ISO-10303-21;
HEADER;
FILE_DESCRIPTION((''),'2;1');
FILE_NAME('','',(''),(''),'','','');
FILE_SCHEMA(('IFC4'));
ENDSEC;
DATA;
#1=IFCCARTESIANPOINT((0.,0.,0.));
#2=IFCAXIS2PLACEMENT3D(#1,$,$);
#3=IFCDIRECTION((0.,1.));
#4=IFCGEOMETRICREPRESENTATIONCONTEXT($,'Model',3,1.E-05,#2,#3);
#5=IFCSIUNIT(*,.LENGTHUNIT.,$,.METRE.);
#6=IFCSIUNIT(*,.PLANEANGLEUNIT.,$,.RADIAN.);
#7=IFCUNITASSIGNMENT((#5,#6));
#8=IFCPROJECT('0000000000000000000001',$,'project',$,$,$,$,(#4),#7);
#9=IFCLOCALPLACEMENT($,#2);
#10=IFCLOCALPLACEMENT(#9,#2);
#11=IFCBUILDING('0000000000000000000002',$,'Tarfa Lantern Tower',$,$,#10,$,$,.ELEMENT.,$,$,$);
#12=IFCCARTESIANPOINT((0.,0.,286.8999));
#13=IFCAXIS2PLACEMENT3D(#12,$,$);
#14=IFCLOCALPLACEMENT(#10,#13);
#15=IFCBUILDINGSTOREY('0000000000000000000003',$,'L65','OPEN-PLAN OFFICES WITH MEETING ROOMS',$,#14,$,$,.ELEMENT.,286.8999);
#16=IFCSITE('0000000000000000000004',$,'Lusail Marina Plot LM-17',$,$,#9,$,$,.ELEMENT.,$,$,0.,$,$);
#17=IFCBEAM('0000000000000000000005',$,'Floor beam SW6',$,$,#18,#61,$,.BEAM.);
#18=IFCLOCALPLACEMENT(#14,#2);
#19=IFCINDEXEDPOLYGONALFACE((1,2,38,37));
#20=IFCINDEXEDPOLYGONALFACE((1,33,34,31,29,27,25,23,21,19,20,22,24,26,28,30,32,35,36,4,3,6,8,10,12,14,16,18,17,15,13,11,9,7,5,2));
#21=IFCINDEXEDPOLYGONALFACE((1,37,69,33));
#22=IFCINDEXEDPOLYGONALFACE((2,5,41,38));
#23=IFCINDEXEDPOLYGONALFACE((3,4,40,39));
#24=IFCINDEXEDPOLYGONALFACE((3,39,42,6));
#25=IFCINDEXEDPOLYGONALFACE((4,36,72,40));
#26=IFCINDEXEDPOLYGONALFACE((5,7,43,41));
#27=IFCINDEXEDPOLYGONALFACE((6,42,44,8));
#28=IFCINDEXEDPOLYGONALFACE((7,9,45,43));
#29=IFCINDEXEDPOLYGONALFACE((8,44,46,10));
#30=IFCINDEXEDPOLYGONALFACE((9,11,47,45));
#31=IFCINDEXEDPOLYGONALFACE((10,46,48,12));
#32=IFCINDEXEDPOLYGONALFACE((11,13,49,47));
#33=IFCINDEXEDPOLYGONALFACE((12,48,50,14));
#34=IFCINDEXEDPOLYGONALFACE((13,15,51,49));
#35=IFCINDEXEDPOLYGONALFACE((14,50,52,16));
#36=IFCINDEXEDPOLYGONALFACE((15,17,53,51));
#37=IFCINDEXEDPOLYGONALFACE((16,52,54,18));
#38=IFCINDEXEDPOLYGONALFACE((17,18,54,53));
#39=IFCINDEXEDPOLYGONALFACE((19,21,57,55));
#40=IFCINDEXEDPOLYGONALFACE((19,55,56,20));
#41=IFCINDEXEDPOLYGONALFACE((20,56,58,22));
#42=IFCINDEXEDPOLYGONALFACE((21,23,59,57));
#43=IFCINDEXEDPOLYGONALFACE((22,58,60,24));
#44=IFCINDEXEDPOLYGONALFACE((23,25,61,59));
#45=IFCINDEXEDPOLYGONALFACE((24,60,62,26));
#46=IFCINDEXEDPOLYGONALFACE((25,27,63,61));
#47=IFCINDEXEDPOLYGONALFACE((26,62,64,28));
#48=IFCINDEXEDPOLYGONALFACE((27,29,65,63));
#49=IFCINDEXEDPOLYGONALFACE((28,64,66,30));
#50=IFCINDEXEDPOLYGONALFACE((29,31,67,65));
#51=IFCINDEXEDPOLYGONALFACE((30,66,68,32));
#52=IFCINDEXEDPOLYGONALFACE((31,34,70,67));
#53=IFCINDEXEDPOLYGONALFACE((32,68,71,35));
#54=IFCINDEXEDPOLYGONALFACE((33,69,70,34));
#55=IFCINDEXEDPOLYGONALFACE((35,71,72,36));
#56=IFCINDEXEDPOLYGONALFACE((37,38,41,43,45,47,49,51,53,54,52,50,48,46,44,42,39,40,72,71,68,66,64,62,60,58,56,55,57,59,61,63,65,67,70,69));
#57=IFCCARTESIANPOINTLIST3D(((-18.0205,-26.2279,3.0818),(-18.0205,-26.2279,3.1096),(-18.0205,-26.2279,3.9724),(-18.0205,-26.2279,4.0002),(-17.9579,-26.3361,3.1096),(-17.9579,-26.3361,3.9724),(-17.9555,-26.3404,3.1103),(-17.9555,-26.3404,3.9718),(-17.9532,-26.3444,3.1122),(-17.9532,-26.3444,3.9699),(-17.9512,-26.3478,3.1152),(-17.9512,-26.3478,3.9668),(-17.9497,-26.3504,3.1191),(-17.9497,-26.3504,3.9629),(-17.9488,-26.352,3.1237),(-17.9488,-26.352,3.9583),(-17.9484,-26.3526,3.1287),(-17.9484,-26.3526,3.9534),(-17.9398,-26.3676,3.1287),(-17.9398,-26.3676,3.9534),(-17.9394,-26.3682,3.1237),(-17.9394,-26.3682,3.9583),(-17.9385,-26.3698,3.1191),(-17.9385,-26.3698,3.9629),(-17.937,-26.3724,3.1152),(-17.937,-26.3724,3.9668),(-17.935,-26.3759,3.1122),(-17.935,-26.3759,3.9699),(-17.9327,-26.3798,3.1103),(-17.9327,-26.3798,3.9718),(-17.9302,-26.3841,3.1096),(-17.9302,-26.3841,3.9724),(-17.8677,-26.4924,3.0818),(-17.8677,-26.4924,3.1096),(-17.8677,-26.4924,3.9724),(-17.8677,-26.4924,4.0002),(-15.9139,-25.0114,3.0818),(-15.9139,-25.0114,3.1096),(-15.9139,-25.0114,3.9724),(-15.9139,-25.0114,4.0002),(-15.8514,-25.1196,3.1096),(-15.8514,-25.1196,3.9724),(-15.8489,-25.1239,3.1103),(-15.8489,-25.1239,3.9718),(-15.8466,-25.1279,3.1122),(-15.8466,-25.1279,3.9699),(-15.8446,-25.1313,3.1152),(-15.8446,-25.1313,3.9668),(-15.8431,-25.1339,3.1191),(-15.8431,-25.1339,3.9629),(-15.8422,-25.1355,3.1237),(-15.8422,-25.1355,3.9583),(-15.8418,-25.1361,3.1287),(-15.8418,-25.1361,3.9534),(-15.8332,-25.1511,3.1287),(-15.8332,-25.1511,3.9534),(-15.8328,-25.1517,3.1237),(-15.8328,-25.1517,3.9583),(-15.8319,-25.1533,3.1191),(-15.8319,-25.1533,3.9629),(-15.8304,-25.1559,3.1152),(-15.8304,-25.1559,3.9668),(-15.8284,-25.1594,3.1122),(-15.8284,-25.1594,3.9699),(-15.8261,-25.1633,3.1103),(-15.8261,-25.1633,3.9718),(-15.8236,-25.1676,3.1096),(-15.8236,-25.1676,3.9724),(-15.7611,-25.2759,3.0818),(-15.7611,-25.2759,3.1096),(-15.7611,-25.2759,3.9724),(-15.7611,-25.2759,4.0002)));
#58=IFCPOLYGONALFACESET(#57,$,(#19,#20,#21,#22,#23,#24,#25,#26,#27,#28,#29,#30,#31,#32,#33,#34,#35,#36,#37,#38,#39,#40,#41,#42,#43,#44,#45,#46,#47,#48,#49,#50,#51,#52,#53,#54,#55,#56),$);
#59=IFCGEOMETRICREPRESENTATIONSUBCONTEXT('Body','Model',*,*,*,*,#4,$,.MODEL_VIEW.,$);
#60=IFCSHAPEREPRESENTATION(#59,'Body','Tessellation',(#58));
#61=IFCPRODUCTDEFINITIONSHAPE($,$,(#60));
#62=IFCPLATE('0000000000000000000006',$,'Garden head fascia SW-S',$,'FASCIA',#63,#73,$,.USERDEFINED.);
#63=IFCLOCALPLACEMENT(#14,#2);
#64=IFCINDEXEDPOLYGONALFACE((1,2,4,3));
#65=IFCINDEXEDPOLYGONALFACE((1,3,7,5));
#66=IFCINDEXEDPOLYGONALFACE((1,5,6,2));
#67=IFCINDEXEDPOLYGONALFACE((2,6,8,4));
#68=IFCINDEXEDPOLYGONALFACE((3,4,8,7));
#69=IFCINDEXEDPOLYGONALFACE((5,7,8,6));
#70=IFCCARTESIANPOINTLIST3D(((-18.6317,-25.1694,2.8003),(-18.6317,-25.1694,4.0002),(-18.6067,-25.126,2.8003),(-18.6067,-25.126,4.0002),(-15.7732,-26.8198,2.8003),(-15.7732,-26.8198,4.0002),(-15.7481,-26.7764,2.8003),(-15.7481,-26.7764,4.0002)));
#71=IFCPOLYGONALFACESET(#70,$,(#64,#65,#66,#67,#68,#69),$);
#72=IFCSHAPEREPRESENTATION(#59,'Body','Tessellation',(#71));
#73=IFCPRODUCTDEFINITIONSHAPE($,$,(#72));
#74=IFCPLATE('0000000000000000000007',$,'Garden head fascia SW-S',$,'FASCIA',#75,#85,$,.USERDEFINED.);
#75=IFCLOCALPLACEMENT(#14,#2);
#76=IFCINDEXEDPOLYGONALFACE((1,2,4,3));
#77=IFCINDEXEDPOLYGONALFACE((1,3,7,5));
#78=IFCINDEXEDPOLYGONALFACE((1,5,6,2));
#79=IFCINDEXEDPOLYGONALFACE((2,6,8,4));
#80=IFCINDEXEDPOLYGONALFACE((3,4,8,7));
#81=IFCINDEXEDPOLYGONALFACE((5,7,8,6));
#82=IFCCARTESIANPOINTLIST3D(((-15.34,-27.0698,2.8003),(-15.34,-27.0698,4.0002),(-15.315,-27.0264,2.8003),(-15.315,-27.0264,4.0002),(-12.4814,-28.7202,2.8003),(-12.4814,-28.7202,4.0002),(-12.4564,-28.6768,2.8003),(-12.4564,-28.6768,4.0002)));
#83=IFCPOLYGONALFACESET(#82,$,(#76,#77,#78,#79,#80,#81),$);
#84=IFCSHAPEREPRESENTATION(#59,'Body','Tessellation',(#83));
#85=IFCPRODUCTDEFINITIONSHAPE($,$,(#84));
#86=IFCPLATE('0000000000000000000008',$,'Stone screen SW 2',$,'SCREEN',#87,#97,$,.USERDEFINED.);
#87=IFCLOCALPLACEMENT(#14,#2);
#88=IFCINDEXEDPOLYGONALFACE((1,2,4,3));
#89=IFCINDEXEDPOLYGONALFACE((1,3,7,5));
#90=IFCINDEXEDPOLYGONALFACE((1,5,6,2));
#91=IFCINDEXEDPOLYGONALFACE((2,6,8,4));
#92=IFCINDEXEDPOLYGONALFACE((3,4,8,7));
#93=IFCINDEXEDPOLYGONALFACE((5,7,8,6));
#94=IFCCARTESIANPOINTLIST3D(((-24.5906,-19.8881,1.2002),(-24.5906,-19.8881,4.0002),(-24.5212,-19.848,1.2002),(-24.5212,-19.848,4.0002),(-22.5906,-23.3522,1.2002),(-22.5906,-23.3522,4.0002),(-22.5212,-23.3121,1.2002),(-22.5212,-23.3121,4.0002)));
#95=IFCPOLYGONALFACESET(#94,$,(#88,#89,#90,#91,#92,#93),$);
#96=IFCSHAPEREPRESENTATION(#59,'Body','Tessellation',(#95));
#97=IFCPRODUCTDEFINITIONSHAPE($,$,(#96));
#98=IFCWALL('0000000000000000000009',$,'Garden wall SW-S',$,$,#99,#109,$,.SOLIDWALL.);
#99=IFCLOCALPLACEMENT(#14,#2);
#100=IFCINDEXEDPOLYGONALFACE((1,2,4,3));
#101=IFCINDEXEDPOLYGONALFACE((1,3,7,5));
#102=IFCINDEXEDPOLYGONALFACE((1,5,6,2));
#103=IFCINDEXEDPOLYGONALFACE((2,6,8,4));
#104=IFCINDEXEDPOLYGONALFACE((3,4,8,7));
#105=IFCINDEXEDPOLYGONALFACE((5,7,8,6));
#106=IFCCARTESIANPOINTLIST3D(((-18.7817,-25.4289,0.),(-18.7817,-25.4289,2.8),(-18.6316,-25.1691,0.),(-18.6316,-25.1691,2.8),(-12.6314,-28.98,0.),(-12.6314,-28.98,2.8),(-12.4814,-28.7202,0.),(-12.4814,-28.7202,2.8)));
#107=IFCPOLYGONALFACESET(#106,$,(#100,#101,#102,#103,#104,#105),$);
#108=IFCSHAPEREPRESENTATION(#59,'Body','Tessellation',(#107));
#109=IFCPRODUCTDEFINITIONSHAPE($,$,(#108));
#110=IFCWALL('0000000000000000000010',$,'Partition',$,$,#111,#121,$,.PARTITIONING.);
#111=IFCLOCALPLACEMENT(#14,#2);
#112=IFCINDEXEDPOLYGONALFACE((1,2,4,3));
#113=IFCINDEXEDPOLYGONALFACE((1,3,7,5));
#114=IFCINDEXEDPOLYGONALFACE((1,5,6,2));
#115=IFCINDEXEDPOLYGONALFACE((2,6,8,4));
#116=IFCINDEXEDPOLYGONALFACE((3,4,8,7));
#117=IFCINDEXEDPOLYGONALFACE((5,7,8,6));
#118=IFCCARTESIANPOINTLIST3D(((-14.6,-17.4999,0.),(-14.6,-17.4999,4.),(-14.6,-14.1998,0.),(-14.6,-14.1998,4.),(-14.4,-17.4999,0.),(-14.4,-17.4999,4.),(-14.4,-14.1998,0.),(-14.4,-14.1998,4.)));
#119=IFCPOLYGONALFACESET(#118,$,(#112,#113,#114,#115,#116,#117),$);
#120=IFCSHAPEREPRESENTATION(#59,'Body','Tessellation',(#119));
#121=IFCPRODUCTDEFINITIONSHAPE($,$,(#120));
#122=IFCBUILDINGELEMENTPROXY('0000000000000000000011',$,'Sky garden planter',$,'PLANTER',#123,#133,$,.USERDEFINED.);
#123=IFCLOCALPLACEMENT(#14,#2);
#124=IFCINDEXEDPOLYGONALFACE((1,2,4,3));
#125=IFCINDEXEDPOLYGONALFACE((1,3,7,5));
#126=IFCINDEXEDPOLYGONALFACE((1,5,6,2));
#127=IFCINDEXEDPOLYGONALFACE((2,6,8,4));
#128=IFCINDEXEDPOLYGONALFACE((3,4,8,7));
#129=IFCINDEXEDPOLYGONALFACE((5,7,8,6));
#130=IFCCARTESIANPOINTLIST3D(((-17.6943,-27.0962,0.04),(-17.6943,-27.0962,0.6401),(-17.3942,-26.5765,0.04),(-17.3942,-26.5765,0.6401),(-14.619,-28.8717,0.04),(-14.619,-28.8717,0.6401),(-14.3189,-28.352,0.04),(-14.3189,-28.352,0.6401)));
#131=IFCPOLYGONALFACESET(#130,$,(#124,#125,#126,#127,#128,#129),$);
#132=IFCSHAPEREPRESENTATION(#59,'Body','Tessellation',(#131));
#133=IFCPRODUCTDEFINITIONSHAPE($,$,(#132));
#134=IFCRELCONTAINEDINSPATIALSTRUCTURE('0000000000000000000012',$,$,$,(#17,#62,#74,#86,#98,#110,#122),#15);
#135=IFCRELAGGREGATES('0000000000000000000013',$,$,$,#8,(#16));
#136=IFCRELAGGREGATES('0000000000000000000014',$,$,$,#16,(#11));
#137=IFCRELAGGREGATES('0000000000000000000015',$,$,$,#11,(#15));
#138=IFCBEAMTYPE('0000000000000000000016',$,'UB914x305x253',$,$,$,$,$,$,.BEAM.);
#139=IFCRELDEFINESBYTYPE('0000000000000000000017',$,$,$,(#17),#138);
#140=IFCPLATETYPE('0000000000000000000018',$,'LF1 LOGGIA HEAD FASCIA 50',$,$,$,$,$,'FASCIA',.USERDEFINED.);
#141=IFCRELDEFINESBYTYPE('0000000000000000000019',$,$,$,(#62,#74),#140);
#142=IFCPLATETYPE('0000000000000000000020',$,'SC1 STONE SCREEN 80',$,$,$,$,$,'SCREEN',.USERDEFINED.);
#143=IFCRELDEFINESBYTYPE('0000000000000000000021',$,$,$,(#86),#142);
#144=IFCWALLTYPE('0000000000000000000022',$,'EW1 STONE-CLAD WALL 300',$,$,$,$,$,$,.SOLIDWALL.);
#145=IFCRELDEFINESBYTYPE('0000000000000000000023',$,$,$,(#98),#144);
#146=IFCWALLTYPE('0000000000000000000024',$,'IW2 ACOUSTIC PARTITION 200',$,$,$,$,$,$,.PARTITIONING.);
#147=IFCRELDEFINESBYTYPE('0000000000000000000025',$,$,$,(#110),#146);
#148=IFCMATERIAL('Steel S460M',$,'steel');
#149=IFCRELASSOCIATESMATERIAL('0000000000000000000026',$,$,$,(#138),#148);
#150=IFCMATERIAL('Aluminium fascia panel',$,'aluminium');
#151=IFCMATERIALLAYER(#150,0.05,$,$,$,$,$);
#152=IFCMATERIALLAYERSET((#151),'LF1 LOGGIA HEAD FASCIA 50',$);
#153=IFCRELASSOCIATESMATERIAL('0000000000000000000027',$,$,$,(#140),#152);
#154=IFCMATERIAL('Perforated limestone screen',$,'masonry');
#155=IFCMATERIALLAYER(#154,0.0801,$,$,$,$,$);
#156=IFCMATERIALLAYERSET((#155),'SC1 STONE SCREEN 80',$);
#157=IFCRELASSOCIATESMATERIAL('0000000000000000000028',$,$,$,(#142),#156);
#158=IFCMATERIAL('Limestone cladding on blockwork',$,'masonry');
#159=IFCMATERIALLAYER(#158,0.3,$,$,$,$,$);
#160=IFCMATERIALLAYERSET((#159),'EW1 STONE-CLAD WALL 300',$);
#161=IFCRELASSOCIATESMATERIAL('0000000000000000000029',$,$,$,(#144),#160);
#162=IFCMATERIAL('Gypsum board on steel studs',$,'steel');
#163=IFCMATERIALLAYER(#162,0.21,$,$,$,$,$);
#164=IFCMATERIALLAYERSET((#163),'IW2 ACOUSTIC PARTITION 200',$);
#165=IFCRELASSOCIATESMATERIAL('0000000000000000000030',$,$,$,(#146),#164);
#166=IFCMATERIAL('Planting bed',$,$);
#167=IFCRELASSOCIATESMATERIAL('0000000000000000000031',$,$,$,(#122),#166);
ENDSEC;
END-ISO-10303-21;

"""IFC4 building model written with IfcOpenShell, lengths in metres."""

from ifc_helpers import new_model, si_unit, direction, frame, frame_2d, origin, origin_2d, place, context, subcontext, project, spatial, rectangle, i_section, extrude, material, layer, layer_set, material_profile, profile_set, type_object, element, save


model = new_model("IFC4")

# Units and contexts
model_context = context("Model", 3, precision=1e-05, world=origin(), true_north=direction((0.0, 1.0)))
body_context = subcontext(model_context, "Body", "Model", "MODEL_VIEW")
ifc_project = project(units=[si_unit("LENGTHUNIT", "METRE"), si_unit("PLANEANGLEUNIT", "RADIAN")], contexts=[model_context])

# Site, building, storey
site_placement = place(None, origin())
site = spatial("IfcSite", under=ifc_project, at=site_placement, Name="Lusail Marina Plot LM-17", CompositionType="ELEMENT", RefElevation=0.0)
building_placement = place(site_placement, origin())
building = spatial("IfcBuilding", under=site, at=building_placement, Name="Tarfa Lantern Tower", CompositionType="ELEMENT")
storey_placement = place(building_placement, frame((0.0, 0.0, 286.8999)))
storey = spatial("IfcBuildingStorey", under=building, at=storey_placement, Name="L65", Description="OPEN-PLAN OFFICES WITH MEETING ROOMS", CompositionType="ELEMENT", Elevation=286.8999)

# Beam
ifc_material_1 = material(Name="Steel S460M", Category="steel")
ifc_material_profile_1 = material_profile(ifc_material_1, i_section(OverallWidth=0.3054, OverallDepth=0.9185, WebThickness=0.0173, FlangeThickness=0.0278, FilletRadius=0.019, at=origin_2d()), Name="UB914x305x253")
ifc_profile_set_1 = profile_set([ifc_material_profile_1], Name="Steel S460M")
beam_type_1 = type_object("IfcBeamType", Name="UB914x305x253", PredefinedType="BEAM", material=ifc_profile_set_1)
beam_1_placement = place(storey_placement, frame((-17.9441, -26.3601, 3.541), z_axis=(0.86598, 0.500079, 0.0), x_axis=(-0.500079, 0.86598, 0.0)))
element("IfcBeam", 1, at=beam_1_placement, inside=storey, type_object=beam_type_1, Name="Floor beam SW6", PredefinedType="BEAM", context=body_context, shape_type="SweptSolid", body=[
    extrude(i_section(OverallWidth=0.3054, OverallDepth=0.9185, WebThickness=0.0173, FlangeThickness=0.0278, FilletRadius=0.019, at=origin_2d()), origin(), (0.0, 0.0, 1.0), 2.4326),
])

# Plates
ifc_material_2 = material(Name="Aluminium fascia panel", Category="aluminium")
ifc_layer_1 = layer(ifc_material_2, 0.05)
ifc_layer_set_1 = layer_set([ifc_layer_1], Name="LF1 LOGGIA HEAD FASCIA 50")
plate_type_1 = type_object("IfcPlateType", Name="LF1 LOGGIA HEAD FASCIA 50", ElementType="FASCIA", PredefinedType="USERDEFINED", material=ifc_layer_set_1)
for number, where, z_axis, x_axis, name in (
    (2, (-17.1899, -25.9729, 2.8003), (0.0, 0.0, 1.0), (0.866025, -0.5, 0.0), "Garden head fascia SW-S"),
    (3, (-13.8982, -27.8733, 2.8003), (0.0, 0.0, 1.0), (0.866025, -0.5, 0.0), "Garden head fascia SW-S"),
):
    element("IfcPlate", number, at=place(storey_placement, frame(where, z_axis=z_axis, x_axis=x_axis)), inside=storey, type_object=plate_type_1, Name=name, ObjectType="FASCIA", PredefinedType="USERDEFINED", context=body_context, shape_type="SweptSolid", body=[
        extrude(rectangle(XDim=3.3008, YDim=0.05, at=origin_2d()), origin(), (0.0, 0.0, 1.0), 1.2),
    ])
ifc_material_3 = material(Name="Perforated limestone screen", Category="masonry")
ifc_layer_2 = layer(ifc_material_3, 0.0801)
ifc_layer_set_2 = layer_set([ifc_layer_2], Name="SC1 STONE SCREEN 80")
plate_type_2 = type_object("IfcPlateType", Name="SC1 STONE SCREEN 80", ElementType="SCREEN", PredefinedType="USERDEFINED", material=ifc_layer_set_2)
plate_placement = place(storey_placement, frame((-23.5559, -21.6001, 1.2002), z_axis=(0.0, 0.0, 1.0), x_axis=(0.5, -0.866025, 0.0)))
element("IfcPlate", 4, at=plate_placement, inside=storey, type_object=plate_type_2, Name="Stone screen SW 2", ObjectType="SCREEN", PredefinedType="USERDEFINED", context=body_context, shape_type="SweptSolid", body=[
    extrude(rectangle(XDim=4.0, YDim=0.0801, at=origin_2d()), origin(), (0.0, 0.0, 1.0), 2.8),
])

# Walls
ifc_material_4 = material(Name="Limestone cladding on blockwork", Category="masonry")
ifc_layer_3 = layer(ifc_material_4, 0.3)
ifc_layer_set_3 = layer_set([ifc_layer_3], Name="EW1 STONE-CLAD WALL 300")
wall_type_1 = type_object("IfcWallType", Name="EW1 STONE-CLAD WALL 300", PredefinedType="SOLIDWALL", material=ifc_layer_set_3)
wall_1_placement = place(storey_placement, frame((-18.7065, -25.2991, 0.0), z_axis=(0.0, 0.0, 1.0), x_axis=(0.866011, -0.500025, 0.0)))
element("IfcWall", 5, at=wall_1_placement, inside=storey, type_object=wall_type_1, Name="Garden wall SW-S", PredefinedType="SOLIDWALL", context=body_context, shape_type="SweptSolid", body=[
    extrude(rectangle(XDim=7.1018, YDim=0.3, at=frame_2d((3.5508, 0.0))), origin(), (0.0, 0.0, 1.0), 2.8),
])
ifc_material_5 = material(Name="Gypsum board on steel studs", Category="steel")
ifc_layer_4 = layer(ifc_material_5, 0.21)
ifc_layer_set_4 = layer_set([ifc_layer_4], Name="IW2 ACOUSTIC PARTITION 200")
wall_type_2 = type_object("IfcWallType", Name="IW2 ACOUSTIC PARTITION 200", PredefinedType="PARTITIONING", material=ifc_layer_set_4)
wall_2_placement = place(storey_placement, frame((-14.5, -14.2, 0.0), z_axis=(0.0, 0.0, 1.0), x_axis=(0.0, -1.0, 0.0)))
element("IfcWall", 6, at=wall_2_placement, inside=storey, type_object=wall_type_2, Name="Partition", PredefinedType="PARTITIONING", context=body_context, shape_type="SweptSolid", body=[
    extrude(rectangle(XDim=3.3, YDim=0.2, at=frame_2d((1.6499, 0.0))), origin(), (0.0, 0.0, 1.0), 4.0),
])

# Building element proxy
ifc_material_6 = material(Name="Planting bed")
proxy_placement = place(storey_placement, frame((-16.0066, -27.7241, 0.04), z_axis=(0.0, 0.0, 1.0), x_axis=(0.866025, -0.5, 0.0)))
element("IfcBuildingElementProxy", 7, at=proxy_placement, inside=storey, material=ifc_material_6, Name="Sky garden planter", ObjectType="PLANTER", PredefinedType="USERDEFINED", context=body_context, shape_type="SweptSolid", body=[
    extrude(rectangle(XDim=3.551, YDim=0.6001, at=origin_2d()), origin(), (0.0, 0.0, 1.0), 0.6001),
])

save(model, "model.ifc")
